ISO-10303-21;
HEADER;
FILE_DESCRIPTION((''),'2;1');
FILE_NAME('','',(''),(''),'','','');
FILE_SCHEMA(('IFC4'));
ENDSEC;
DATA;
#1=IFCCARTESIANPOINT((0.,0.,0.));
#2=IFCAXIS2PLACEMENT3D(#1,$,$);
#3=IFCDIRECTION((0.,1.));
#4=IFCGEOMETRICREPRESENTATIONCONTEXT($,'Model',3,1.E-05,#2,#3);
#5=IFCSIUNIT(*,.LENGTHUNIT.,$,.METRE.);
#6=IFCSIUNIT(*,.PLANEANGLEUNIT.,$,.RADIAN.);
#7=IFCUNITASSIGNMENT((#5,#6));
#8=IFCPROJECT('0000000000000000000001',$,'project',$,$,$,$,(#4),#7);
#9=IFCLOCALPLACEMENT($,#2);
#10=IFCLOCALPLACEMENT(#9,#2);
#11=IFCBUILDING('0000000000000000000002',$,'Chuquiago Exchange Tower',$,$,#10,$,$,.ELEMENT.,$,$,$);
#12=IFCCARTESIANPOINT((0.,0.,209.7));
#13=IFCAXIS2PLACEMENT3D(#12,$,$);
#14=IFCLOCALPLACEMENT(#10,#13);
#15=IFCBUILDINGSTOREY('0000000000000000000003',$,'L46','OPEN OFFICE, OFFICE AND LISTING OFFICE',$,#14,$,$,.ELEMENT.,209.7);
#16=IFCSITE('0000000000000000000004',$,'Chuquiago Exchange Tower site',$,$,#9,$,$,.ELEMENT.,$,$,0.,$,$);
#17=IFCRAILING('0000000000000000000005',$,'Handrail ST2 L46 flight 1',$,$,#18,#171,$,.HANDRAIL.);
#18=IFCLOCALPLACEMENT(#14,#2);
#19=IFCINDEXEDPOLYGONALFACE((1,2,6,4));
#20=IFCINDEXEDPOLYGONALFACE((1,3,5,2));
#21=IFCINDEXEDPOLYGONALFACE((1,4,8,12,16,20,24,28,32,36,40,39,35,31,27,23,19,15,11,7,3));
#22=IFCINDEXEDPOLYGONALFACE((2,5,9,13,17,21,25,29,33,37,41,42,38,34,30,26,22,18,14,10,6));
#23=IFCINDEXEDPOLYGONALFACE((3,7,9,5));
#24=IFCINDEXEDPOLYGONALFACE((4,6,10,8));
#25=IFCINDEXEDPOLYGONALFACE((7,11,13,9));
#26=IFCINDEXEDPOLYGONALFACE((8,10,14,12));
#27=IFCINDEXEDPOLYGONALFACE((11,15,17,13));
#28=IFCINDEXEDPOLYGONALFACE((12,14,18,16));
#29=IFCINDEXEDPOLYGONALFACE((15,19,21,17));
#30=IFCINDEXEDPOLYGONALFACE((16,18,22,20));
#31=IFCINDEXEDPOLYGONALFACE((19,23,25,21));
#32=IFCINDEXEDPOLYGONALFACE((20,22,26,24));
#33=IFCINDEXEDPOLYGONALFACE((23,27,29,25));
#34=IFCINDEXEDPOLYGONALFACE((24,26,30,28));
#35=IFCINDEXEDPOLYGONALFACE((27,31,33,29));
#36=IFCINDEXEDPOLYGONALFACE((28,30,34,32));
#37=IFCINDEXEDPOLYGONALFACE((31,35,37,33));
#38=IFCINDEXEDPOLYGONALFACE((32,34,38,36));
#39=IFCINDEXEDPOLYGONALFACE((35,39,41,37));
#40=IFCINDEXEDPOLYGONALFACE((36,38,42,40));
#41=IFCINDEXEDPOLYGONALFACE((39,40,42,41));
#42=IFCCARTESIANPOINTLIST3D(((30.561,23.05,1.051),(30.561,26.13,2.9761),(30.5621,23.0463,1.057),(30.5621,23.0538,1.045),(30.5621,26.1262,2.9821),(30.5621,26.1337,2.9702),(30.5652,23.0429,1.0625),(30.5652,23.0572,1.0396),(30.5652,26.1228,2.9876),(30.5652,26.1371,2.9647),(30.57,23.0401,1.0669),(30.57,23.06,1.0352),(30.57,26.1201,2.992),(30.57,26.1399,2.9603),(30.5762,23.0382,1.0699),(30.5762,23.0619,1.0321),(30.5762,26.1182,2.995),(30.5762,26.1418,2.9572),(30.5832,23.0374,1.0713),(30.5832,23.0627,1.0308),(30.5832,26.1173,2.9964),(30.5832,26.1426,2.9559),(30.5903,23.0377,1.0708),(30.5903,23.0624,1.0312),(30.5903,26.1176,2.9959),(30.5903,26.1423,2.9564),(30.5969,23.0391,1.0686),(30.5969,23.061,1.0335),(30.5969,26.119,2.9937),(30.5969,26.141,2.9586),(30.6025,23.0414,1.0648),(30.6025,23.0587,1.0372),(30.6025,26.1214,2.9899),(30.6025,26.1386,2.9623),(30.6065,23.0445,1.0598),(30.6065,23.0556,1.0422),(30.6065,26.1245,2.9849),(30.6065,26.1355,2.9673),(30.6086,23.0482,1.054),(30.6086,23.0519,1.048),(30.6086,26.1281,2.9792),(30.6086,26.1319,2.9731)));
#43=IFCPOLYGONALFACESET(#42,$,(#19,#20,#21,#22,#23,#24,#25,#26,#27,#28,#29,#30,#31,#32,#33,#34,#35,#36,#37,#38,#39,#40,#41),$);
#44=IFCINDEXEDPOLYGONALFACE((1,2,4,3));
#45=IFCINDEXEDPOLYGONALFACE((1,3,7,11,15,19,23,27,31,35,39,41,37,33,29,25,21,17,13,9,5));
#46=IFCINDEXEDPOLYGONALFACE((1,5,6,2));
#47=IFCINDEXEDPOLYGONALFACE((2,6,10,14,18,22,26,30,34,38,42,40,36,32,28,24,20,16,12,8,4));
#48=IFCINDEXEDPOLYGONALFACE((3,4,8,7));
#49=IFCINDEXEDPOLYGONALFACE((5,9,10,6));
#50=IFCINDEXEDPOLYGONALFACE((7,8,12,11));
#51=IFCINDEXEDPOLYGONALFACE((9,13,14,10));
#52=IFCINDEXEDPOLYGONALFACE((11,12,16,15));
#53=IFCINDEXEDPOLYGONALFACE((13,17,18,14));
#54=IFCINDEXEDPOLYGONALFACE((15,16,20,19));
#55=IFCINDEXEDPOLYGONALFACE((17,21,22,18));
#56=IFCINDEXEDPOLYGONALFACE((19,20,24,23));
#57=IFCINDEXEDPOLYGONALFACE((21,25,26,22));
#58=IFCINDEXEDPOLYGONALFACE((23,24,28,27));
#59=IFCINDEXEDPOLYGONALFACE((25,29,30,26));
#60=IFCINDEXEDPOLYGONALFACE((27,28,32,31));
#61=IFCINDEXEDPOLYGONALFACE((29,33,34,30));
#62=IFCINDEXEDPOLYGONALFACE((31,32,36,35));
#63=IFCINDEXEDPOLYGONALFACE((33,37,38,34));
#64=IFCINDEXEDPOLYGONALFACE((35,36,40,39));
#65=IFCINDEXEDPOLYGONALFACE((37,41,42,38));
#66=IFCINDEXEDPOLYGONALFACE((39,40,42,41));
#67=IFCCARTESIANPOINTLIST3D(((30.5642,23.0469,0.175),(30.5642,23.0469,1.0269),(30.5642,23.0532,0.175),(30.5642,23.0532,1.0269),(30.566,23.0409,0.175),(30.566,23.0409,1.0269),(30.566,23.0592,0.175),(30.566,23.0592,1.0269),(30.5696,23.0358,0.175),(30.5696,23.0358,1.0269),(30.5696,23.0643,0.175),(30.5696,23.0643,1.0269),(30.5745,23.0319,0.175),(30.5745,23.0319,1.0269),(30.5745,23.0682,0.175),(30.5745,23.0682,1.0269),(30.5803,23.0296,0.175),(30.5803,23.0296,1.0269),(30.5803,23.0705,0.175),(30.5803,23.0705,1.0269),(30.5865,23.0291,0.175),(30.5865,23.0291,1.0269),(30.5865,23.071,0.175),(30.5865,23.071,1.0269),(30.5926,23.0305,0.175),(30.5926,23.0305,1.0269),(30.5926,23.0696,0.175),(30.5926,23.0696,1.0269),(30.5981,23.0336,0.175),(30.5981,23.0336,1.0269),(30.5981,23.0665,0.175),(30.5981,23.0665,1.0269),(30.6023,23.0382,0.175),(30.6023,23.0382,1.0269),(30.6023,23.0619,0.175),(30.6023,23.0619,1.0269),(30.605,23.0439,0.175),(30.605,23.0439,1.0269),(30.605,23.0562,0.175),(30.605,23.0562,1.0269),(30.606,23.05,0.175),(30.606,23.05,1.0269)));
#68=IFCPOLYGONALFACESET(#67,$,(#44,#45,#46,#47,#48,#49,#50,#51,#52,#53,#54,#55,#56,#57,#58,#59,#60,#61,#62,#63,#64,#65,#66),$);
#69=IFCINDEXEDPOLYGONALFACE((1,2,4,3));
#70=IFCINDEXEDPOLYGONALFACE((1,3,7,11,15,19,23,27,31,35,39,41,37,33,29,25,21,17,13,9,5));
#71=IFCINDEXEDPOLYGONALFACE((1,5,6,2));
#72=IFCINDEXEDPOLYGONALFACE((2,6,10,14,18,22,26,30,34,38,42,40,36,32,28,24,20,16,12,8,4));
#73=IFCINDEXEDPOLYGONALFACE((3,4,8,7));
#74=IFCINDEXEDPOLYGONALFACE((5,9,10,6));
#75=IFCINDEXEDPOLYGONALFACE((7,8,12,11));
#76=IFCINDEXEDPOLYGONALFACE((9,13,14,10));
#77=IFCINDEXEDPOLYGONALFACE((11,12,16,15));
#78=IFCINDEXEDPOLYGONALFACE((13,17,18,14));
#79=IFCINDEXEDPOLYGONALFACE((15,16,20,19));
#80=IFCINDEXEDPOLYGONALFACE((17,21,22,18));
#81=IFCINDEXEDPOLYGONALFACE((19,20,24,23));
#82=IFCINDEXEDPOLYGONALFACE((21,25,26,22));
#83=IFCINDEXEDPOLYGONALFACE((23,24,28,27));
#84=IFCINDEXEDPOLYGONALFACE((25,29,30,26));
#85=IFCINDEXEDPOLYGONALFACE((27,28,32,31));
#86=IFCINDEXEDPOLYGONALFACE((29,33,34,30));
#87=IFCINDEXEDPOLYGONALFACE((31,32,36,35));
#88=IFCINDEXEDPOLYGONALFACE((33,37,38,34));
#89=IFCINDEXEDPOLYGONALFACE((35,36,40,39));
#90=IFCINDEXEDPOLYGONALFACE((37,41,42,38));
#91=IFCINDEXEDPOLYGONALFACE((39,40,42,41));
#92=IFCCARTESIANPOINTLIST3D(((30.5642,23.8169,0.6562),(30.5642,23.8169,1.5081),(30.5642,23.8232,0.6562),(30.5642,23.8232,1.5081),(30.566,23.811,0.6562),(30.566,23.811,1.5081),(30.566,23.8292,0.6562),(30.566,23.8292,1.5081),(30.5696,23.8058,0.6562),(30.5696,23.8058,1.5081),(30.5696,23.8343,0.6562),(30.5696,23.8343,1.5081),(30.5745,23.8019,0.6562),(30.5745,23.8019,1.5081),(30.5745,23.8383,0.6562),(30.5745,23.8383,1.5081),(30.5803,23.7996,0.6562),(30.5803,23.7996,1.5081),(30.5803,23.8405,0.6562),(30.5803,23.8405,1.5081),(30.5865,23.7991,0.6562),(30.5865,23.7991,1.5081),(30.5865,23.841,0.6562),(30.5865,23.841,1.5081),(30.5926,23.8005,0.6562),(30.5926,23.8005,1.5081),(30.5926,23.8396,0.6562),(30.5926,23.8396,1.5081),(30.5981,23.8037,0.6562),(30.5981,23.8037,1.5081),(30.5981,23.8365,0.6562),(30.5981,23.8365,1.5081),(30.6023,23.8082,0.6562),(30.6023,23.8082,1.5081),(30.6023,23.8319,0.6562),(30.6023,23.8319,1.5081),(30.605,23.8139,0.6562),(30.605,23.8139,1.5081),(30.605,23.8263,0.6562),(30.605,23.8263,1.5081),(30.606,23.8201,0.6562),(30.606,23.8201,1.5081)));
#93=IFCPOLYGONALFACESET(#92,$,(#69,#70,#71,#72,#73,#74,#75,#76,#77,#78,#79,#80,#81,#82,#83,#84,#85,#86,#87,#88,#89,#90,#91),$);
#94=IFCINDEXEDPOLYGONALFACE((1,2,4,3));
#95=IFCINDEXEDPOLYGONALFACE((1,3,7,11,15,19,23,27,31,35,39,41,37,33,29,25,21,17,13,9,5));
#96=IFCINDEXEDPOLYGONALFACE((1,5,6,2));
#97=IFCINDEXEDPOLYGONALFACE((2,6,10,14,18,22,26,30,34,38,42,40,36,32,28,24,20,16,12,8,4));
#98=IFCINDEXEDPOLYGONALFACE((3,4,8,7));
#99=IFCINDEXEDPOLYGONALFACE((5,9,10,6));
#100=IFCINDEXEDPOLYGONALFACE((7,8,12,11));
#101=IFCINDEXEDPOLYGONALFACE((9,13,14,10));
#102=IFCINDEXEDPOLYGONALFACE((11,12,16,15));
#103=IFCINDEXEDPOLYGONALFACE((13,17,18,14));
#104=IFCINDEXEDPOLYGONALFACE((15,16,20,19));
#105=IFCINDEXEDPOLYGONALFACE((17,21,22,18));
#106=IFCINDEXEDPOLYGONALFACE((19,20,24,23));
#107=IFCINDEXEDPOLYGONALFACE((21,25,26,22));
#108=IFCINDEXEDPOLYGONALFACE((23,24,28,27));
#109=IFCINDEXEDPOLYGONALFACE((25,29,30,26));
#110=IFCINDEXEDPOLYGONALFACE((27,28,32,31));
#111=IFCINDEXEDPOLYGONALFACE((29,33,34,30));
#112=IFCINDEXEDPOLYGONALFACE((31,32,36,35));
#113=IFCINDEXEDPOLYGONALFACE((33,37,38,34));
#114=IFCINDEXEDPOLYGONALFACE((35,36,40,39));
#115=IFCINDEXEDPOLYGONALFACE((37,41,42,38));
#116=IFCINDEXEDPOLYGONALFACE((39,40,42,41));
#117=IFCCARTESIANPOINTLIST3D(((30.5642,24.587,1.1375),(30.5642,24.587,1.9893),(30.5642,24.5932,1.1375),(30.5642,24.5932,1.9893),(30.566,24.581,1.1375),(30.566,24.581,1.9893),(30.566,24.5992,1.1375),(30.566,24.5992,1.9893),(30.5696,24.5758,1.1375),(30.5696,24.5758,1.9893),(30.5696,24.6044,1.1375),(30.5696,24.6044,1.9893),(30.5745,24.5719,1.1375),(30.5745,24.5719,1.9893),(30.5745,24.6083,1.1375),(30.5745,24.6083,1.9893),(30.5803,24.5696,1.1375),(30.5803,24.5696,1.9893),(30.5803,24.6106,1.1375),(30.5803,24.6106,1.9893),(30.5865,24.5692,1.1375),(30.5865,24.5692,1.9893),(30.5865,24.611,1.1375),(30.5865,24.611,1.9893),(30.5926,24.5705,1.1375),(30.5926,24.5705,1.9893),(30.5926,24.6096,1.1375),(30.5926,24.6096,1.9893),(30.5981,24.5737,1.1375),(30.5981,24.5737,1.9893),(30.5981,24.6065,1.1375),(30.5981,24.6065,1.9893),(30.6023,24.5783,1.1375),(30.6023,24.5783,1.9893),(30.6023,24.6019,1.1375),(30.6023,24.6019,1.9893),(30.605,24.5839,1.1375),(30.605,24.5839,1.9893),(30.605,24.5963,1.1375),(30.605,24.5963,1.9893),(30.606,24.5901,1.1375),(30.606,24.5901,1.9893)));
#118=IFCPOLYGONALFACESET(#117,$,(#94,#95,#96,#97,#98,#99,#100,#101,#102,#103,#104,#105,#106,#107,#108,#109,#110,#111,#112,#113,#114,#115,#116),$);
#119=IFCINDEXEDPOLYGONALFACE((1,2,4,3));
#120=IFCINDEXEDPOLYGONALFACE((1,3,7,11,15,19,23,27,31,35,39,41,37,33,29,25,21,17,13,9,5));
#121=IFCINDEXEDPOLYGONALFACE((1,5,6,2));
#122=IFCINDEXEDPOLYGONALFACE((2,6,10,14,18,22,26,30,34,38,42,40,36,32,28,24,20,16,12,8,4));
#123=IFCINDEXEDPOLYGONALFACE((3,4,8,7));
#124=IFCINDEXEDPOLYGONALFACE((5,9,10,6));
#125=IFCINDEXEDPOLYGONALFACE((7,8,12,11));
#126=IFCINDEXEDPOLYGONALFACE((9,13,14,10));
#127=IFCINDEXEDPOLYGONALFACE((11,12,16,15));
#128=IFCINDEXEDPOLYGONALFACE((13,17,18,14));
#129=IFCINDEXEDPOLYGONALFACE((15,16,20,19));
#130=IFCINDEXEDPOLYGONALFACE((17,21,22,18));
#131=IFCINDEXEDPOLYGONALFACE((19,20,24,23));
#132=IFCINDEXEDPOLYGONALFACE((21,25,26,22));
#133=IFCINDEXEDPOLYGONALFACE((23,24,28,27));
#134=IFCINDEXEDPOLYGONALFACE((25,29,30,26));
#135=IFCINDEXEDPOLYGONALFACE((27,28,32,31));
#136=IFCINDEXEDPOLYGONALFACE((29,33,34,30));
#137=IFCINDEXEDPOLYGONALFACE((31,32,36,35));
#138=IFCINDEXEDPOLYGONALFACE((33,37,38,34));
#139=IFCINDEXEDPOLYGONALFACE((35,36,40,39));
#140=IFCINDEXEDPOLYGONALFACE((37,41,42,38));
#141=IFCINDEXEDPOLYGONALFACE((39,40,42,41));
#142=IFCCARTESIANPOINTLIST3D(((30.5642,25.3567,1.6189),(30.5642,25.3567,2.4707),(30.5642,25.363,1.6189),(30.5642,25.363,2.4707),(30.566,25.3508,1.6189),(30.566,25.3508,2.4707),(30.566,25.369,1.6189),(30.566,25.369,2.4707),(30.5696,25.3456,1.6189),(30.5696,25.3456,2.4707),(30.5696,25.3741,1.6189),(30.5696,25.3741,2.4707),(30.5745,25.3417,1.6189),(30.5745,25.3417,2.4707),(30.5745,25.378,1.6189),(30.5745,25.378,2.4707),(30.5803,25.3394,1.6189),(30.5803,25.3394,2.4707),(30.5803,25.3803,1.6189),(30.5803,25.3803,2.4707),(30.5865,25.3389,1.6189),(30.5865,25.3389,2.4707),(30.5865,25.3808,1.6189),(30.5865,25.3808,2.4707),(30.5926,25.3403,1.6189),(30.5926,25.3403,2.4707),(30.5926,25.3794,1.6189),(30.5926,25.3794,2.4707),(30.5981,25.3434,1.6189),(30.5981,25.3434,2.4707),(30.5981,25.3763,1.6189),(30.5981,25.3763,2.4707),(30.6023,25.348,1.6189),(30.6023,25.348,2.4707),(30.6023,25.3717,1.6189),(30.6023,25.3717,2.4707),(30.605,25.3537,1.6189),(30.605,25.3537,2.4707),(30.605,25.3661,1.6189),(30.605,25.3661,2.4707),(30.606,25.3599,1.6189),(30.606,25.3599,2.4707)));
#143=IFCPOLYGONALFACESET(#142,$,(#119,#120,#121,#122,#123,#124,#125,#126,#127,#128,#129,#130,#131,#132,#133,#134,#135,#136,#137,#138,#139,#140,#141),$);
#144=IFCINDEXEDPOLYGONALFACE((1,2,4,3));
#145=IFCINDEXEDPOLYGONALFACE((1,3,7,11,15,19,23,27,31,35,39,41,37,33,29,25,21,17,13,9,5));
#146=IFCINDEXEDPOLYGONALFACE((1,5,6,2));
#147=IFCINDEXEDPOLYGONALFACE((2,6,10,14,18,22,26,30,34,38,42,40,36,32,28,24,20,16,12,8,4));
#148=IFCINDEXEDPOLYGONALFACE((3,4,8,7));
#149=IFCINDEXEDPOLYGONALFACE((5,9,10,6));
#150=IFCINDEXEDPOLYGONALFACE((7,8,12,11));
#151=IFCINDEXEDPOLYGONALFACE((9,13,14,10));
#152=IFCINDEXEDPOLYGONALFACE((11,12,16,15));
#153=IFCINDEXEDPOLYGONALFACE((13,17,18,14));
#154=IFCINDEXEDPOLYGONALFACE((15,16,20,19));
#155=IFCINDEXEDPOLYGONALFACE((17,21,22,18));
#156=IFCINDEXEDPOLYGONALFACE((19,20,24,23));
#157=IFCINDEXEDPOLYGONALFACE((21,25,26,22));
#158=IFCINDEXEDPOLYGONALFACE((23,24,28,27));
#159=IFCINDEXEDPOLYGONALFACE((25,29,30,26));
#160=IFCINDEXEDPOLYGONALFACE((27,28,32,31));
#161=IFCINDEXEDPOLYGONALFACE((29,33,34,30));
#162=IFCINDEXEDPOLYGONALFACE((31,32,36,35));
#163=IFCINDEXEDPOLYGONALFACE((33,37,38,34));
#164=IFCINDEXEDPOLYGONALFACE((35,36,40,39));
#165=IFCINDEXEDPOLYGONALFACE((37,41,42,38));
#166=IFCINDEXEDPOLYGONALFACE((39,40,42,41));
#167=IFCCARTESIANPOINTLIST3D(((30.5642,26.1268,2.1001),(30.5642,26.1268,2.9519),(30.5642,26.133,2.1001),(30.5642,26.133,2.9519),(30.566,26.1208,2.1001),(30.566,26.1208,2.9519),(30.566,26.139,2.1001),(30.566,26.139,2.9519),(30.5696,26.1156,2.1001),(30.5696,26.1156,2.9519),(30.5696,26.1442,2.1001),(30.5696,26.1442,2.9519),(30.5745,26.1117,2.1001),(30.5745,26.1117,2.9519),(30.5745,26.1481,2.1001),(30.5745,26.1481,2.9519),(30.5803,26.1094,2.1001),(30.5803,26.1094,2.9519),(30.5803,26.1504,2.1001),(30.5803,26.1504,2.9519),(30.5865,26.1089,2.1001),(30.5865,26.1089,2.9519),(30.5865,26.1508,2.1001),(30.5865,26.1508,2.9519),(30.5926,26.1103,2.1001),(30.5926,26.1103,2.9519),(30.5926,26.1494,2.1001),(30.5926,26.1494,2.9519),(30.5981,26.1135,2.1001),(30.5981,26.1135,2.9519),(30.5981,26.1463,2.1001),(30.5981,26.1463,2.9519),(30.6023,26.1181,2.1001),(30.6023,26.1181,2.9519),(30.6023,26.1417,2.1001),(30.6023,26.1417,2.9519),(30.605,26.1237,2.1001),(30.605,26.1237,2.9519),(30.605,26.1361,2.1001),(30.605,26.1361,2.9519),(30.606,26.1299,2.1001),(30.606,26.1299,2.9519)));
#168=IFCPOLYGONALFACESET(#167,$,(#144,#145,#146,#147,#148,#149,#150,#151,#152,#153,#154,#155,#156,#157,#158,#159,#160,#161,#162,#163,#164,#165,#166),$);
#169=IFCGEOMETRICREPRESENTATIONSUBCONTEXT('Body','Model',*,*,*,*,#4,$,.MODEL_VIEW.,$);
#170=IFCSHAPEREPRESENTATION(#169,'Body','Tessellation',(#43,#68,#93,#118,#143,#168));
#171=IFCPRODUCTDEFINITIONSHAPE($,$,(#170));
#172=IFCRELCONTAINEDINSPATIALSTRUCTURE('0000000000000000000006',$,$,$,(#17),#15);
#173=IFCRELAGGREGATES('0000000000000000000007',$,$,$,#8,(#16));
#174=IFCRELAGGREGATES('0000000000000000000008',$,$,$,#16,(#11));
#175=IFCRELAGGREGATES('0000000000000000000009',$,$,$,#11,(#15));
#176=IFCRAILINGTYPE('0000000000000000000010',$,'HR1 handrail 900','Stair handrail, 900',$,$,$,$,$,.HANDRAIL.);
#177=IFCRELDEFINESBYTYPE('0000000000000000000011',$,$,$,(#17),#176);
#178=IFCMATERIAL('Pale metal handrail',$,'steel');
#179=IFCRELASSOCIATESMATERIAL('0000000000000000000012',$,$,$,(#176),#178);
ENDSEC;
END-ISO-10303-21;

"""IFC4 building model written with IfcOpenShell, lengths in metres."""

from ifc_helpers import new_model, si_unit, direction, frame, origin, origin_2d, place, context, subcontext, project, spatial, circle, extrude, material, type_object, element, save


model = new_model("IFC4")

# Units and contexts
model_context = context("Model", 3, precision=1e-05, world=origin(), true_north=direction((0.0, 1.0)))
body_context = subcontext(model_context, "Body", "Model", "MODEL_VIEW")
ifc_project = project(units=[si_unit("LENGTHUNIT", "METRE"), si_unit("PLANEANGLEUNIT", "RADIAN")], contexts=[model_context])

# Site, building, storey
site_placement = place(None, origin())
site = spatial("IfcSite", under=ifc_project, at=site_placement, Name="Chuquiago Exchange Tower site", CompositionType="ELEMENT", RefElevation=0.0)
building_placement = place(site_placement, origin())
building = spatial("IfcBuilding", under=site, at=building_placement, Name="Chuquiago Exchange Tower", CompositionType="ELEMENT")
storey_placement = place(building_placement, frame((0.0, 0.0, 209.7)))
storey = spatial("IfcBuildingStorey", under=building, at=storey_placement, Name="L46", Description="OPEN OFFICE, OFFICE AND LISTING OFFICE", CompositionType="ELEMENT", Elevation=209.7)

# Railing
ifc_material_1 = material(Name="Pale metal handrail", Category="steel")
railing_type_1 = type_object("IfcRailingType", Name="HR1 handrail 900", Description="Stair handrail, 900", PredefinedType="HANDRAIL", material=ifc_material_1)
railing_1_placement = place(storey_placement, frame((30.585, 23.05, 0.175)))
element("IfcRailing", 1, at=railing_1_placement, inside=storey, type_object=railing_type_1, Name="Handrail ST2 L46 flight 1", PredefinedType="HANDRAIL", context=body_context, shape_type="SweptSolid", body=[
    extrude(circle(Radius=0.0239, at=origin_2d()), frame((0.0, 0.0, 0.876), z_axis=(0.0, 0.847979, 0.530029), x_axis=(-1.0, 0.0, 0.0)), (0.0, 0.0, 1.0), 3.6321),
    extrude(circle(Radius=0.021, at=origin_2d()), origin(), (0.0, 0.0, 1.0), 0.8518),
    extrude(circle(Radius=0.021, at=origin_2d()), frame((0.0, 0.77, 0.4812)), (0.0, 0.0, 1.0), 0.8518),
    extrude(circle(Radius=0.021, at=origin_2d()), frame((0.0, 1.54, 0.9624)), (0.0, 0.0, 1.0), 0.8518),
    extrude(circle(Radius=0.021, at=origin_2d()), frame((0.0, 2.3098, 1.4438)), (0.0, 0.0, 1.0), 0.8518),
    extrude(circle(Radius=0.021, at=origin_2d()), frame((0.0, 3.0798, 1.925)), (0.0, 0.0, 1.0), 0.8518),
])

save(model, "model.ifc")
